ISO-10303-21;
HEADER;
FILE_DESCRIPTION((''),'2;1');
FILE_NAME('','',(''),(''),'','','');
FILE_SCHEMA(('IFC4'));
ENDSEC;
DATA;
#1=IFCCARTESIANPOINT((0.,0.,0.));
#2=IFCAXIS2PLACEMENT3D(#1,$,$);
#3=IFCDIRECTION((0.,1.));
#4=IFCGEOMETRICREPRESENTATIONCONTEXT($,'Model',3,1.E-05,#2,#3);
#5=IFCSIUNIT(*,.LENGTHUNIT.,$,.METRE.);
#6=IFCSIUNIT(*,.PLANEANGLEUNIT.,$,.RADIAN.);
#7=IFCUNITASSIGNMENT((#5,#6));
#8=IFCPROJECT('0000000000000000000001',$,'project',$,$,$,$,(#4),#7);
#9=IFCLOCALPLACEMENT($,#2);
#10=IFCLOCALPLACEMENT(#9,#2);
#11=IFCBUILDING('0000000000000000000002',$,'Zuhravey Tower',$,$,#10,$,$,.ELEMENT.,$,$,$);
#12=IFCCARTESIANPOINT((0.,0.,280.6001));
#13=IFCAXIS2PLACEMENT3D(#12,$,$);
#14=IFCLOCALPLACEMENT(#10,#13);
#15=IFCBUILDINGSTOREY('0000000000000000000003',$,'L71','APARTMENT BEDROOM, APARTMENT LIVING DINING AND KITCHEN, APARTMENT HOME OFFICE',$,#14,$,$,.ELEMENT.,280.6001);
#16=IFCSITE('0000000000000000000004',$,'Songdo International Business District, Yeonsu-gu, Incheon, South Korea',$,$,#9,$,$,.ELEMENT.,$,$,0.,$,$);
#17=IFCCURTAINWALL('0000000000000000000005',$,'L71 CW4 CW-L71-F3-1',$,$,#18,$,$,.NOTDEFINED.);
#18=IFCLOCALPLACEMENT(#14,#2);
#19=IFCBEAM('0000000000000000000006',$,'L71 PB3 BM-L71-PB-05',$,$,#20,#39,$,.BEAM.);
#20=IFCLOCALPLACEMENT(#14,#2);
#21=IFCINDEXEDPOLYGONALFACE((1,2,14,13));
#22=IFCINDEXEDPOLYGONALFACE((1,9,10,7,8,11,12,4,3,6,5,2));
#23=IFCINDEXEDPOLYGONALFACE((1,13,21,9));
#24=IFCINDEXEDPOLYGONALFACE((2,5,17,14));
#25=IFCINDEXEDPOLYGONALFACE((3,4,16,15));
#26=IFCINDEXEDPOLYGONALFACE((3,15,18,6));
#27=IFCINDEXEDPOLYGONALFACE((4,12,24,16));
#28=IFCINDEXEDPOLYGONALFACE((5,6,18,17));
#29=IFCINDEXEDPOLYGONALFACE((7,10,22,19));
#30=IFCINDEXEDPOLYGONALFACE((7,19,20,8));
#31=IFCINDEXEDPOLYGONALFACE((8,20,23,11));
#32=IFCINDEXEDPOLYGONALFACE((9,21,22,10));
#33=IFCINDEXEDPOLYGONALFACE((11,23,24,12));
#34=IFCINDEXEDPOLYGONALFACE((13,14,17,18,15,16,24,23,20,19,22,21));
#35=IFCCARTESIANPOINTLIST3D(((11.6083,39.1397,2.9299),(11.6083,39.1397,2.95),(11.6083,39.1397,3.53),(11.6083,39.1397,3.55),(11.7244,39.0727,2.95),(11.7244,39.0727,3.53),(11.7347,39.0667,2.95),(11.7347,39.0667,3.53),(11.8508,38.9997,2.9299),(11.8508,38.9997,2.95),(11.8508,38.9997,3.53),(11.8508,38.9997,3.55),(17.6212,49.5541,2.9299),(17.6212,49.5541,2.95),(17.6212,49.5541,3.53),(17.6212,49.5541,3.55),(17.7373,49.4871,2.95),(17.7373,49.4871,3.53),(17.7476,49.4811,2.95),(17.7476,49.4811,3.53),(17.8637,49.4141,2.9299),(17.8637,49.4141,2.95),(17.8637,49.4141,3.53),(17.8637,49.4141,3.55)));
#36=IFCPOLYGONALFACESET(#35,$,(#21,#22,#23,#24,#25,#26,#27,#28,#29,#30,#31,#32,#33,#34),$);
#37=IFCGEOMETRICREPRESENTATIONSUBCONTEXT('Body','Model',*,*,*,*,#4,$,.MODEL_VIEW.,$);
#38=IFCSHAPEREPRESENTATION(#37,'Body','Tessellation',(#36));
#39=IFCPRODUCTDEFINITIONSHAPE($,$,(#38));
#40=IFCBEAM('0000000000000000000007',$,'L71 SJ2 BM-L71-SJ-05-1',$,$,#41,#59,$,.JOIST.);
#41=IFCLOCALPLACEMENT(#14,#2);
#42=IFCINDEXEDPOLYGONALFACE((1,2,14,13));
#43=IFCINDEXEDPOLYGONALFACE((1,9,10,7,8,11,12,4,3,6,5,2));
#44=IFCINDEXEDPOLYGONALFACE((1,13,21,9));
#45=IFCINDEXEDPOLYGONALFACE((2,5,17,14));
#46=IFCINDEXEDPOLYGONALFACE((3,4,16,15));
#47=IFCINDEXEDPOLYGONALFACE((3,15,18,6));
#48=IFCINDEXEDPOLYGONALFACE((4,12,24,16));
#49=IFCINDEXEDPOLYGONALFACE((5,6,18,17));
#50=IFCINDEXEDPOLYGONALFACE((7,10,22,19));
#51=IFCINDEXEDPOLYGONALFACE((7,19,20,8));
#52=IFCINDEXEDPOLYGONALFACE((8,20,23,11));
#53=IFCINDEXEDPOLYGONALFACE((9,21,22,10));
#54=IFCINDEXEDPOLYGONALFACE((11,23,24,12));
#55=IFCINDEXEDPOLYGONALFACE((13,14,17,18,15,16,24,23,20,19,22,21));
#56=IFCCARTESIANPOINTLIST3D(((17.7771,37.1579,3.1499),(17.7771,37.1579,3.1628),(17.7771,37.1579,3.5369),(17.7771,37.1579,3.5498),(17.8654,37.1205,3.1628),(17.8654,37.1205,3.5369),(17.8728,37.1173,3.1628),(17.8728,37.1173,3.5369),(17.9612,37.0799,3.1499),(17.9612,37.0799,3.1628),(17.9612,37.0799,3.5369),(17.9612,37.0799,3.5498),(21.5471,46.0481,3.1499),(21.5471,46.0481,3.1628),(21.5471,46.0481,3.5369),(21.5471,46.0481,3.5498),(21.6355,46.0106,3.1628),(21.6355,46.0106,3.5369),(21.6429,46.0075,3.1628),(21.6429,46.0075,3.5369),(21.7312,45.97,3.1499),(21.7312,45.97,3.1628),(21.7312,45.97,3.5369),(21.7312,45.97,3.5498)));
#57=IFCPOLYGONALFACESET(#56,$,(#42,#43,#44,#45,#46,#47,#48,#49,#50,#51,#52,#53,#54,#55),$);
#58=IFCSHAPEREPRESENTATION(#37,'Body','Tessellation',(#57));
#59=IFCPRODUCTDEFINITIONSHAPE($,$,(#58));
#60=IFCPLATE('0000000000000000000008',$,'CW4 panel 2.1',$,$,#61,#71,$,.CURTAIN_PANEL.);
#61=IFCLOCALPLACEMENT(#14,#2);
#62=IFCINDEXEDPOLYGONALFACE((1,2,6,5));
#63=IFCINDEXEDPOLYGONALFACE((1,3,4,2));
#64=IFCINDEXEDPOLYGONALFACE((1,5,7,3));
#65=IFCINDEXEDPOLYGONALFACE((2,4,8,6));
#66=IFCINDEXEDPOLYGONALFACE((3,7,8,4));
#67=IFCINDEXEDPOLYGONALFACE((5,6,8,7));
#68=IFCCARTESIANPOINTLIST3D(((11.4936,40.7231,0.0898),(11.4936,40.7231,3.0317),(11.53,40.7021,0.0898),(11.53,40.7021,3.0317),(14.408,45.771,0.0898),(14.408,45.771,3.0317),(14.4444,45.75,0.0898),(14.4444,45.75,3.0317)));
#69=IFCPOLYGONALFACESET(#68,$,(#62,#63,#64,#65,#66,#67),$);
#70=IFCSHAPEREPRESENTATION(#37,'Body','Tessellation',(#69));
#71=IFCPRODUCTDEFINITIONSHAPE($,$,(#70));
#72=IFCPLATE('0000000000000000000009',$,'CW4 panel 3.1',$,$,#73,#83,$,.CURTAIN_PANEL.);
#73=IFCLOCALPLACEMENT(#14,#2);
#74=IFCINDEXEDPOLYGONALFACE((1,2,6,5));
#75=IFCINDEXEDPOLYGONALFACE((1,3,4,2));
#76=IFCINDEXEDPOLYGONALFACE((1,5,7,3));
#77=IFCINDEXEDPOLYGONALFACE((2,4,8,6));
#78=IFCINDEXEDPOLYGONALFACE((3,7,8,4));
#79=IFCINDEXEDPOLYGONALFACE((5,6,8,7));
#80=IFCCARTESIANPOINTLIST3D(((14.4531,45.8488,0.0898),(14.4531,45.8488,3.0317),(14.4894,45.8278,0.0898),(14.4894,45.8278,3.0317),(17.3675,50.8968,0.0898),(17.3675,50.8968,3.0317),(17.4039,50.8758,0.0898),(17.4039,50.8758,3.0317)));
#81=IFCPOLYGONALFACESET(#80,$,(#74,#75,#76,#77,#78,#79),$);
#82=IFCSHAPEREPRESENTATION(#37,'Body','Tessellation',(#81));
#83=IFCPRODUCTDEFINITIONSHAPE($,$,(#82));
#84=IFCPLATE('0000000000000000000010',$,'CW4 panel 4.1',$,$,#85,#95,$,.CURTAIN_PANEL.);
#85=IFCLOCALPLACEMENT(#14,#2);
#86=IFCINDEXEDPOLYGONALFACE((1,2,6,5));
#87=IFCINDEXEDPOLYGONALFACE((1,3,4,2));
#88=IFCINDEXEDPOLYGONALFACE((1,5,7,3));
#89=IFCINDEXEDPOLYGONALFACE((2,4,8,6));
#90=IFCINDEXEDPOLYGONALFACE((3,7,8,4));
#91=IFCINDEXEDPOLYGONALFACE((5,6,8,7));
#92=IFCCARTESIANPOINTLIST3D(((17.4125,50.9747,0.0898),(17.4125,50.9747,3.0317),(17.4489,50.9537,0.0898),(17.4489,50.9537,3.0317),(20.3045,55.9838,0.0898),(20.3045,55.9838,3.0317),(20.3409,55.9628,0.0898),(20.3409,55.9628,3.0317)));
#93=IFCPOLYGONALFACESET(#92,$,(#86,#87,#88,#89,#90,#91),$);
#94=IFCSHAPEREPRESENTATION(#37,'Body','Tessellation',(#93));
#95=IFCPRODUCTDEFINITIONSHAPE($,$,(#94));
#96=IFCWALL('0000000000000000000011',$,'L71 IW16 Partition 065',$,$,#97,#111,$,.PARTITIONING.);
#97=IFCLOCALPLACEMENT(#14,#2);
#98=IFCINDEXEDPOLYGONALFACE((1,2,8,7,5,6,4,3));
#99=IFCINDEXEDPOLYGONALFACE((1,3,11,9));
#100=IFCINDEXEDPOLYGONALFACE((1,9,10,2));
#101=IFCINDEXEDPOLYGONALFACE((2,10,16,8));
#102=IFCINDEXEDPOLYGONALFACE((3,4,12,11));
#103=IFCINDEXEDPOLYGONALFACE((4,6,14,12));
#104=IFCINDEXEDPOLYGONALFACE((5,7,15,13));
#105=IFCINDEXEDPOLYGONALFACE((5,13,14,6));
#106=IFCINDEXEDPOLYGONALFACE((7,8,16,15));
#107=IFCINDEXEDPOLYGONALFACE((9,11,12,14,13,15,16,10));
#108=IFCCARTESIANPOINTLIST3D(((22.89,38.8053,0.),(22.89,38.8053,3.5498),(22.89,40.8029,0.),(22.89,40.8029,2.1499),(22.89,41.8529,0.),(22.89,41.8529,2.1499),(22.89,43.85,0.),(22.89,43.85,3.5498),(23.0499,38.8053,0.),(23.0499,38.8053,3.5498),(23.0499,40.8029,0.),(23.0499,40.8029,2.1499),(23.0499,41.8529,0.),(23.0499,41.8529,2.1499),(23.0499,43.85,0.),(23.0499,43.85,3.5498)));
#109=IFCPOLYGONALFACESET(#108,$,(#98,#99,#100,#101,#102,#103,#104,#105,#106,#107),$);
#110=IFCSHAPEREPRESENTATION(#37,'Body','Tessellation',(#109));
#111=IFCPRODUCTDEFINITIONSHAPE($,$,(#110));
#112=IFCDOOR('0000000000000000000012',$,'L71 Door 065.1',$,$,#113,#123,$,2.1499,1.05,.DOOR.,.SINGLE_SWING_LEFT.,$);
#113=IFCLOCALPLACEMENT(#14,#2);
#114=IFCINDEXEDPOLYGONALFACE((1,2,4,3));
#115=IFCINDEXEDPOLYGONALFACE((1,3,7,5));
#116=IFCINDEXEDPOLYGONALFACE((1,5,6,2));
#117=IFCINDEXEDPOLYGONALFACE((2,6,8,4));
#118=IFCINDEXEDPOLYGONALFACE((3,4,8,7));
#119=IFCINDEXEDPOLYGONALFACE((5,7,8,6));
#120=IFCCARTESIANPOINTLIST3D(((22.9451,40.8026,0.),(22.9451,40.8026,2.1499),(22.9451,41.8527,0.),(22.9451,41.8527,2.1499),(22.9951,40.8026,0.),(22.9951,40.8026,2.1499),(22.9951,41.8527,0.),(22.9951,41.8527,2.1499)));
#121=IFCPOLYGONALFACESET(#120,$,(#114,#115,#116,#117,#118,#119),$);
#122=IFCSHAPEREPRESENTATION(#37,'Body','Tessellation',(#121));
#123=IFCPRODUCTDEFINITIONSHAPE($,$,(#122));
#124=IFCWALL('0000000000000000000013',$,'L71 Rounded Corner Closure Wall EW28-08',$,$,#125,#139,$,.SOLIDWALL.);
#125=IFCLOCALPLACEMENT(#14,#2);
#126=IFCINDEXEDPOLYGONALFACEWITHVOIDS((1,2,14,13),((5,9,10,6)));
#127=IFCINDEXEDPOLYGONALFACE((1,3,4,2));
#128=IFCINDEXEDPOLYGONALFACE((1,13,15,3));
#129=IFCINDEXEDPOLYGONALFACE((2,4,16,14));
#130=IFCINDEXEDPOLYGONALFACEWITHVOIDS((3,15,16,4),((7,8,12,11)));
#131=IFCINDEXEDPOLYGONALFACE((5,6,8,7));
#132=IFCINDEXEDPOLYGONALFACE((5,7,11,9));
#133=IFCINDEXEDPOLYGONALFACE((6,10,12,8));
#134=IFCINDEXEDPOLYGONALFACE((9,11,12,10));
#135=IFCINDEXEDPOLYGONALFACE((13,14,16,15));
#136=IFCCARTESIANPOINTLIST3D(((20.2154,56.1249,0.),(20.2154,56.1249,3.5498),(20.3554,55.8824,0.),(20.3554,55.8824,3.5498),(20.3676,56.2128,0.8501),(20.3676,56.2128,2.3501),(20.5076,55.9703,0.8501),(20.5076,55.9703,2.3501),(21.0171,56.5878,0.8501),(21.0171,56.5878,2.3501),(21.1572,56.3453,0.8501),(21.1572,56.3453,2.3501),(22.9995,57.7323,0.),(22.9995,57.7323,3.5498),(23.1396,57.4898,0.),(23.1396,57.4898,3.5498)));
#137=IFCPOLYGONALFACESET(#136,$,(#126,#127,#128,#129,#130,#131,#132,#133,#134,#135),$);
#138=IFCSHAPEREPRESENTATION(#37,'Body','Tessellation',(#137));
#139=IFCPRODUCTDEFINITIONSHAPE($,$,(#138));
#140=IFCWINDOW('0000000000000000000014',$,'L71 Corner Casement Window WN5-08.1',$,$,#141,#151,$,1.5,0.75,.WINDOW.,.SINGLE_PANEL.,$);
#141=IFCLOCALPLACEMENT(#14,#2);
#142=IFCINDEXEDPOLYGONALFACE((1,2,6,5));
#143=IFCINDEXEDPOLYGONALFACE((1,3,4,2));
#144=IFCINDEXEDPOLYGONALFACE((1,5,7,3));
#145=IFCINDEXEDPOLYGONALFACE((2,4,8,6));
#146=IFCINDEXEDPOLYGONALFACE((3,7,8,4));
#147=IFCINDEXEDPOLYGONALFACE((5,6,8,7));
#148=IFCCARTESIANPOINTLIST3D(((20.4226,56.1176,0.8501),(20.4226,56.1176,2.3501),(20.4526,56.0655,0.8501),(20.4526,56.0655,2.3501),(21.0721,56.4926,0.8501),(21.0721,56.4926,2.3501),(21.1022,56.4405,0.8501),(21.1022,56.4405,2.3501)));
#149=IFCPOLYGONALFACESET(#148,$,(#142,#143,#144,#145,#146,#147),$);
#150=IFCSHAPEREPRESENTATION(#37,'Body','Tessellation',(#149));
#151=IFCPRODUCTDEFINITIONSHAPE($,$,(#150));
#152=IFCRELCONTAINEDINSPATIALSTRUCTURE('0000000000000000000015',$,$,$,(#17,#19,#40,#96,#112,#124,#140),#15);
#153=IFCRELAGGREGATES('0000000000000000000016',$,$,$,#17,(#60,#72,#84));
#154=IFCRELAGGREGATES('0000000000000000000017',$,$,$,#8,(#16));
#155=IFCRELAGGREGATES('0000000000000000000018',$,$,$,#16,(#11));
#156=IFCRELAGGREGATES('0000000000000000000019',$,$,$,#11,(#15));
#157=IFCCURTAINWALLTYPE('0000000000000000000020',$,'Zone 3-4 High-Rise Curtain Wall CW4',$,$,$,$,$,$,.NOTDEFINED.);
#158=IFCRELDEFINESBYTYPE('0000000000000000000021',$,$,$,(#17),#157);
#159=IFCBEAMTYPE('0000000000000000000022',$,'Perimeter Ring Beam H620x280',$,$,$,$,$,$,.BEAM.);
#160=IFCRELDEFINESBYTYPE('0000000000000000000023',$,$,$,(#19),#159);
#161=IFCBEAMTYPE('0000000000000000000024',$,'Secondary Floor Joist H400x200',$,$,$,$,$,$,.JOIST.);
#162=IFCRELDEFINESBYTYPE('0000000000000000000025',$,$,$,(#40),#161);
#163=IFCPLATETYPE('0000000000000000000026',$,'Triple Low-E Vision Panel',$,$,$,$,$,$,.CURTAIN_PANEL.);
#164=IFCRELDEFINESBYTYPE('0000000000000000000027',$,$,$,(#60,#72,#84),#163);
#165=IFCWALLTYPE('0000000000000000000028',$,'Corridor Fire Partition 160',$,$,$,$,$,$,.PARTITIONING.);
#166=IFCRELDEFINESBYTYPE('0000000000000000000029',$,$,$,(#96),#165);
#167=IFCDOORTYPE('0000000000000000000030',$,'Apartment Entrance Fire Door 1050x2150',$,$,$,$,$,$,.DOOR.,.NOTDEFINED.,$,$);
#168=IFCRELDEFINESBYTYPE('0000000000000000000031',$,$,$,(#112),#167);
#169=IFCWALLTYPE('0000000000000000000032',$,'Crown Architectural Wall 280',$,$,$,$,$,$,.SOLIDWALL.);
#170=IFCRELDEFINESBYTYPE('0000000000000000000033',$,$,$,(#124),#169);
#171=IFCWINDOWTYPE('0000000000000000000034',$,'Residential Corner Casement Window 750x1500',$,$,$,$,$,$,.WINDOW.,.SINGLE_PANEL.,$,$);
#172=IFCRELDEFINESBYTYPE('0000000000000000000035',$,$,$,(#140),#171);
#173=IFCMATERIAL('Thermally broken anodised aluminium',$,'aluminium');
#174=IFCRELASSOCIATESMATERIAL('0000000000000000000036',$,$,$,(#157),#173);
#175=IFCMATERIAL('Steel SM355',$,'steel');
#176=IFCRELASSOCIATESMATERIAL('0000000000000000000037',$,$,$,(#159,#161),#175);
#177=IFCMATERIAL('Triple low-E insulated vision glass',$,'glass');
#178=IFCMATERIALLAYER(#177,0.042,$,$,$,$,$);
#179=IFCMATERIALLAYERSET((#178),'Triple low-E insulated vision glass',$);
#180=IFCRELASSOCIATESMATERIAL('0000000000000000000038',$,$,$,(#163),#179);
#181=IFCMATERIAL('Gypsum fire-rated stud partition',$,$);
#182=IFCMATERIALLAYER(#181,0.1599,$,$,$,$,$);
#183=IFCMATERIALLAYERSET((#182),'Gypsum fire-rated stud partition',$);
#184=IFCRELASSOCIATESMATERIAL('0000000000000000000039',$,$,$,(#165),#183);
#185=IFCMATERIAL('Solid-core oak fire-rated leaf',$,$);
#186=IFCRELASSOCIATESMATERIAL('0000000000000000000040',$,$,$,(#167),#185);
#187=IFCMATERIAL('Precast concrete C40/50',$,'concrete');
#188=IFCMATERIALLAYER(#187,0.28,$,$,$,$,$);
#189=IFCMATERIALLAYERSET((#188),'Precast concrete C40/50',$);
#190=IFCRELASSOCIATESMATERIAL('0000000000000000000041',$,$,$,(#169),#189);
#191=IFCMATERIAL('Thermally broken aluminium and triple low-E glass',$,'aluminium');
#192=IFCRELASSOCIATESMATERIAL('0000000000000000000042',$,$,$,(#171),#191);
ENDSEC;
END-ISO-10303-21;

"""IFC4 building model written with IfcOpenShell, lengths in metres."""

from ifc_helpers import new_model, si_unit, direction, frame, frame_2d, origin, origin_2d, place, context, subcontext, project, spatial, rectangle, i_section, extrude, material, layer, layer_set, material_profile, profile_set, type_object, element, fill, aggregate, save


model = new_model("IFC4")

# Units and contexts
model_context = context("Model", 3, precision=1e-05, world=origin(), true_north=direction((0.0, 1.0)))
body_context = subcontext(model_context, "Body", "Model", "MODEL_VIEW")
ifc_project = project(units=[si_unit("LENGTHUNIT", "METRE"), si_unit("PLANEANGLEUNIT", "RADIAN")], contexts=[model_context])

# Site, building, storey
site_placement = place(None, origin())
site = spatial("IfcSite", under=ifc_project, at=site_placement, Name="Songdo International Business District, Yeonsu-gu, Incheon, South Korea", CompositionType="ELEMENT", RefElevation=0.0)
building_placement = place(site_placement, origin())
building = spatial("IfcBuilding", under=site, at=building_placement, Name="Zuhravey Tower", CompositionType="ELEMENT")
storey_placement = place(building_placement, frame((0.0, 0.0, 280.6001)))
storey = spatial("IfcBuildingStorey", under=building, at=storey_placement, Name="L71", Description="APARTMENT BEDROOM, APARTMENT LIVING DINING AND KITCHEN, APARTMENT HOME OFFICE", CompositionType="ELEMENT", Elevation=280.6001)

# Curtain wall
ifc_material_1 = material(Name="Thermally broken anodised aluminium", Category="aluminium")
curtain_wall_type = type_object("IfcCurtainWallType", Name="Zone 3-4 High-Rise Curtain Wall CW4", PredefinedType="NOTDEFINED", material=ifc_material_1)
curtain_wall_placement = place(storey_placement, origin())
curtain_wall = element("IfcCurtainWall", 1, at=curtain_wall_placement, inside=storey, type_object=curtain_wall_type, Name="L71 CW4 CW-L71-F3-1", PredefinedType="NOTDEFINED")

# Beams
ifc_material_2 = material(Name="Steel SM355", Category="steel")
ifc_material_profile_1 = material_profile(ifc_material_2, i_section(OverallWidth=0.28, OverallDepth=0.6201, WebThickness=0.012, FlangeThickness=0.02, at=origin_2d()), Name="H-620x280x12x20")
ifc_profile_set_1 = profile_set([ifc_material_profile_1], Name="Steel SM355")
beam_type_1 = type_object("IfcBeamType", Name="Perimeter Ring Beam H620x280", PredefinedType="BEAM", material=ifc_profile_set_1)
beam_1_placement = place(storey_placement, frame((17.7424, 49.4841, 3.24), z_axis=(-0.500006, -0.866022, 0.0), x_axis=(0.866022, -0.500006, 0.0)))
element("IfcBeam", 2, at=beam_1_placement, inside=storey, type_object=beam_type_1, Name="L71 PB3 BM-L71-PB-05", PredefinedType="BEAM", context=body_context, shape_type="SweptSolid", body=[
    extrude(i_section(OverallWidth=0.28, OverallDepth=0.6201, WebThickness=0.012, FlangeThickness=0.02, at=origin_2d()), origin(), (0.0, 0.0, 1.0), 12.0256),
])
ifc_material_profile_2 = material_profile(ifc_material_2, i_section(OverallWidth=0.2, OverallDepth=0.3999, WebThickness=0.0081, FlangeThickness=0.0129, at=origin_2d()), Name="H-400x200x8x13")
ifc_profile_set_2 = profile_set([ifc_material_profile_2], Name="Steel SM355")
beam_type_2 = type_object("IfcBeamType", Name="Secondary Floor Joist H400x200", PredefinedType="JOIST", material=ifc_profile_set_2)
beam_2_placement = place(storey_placement, frame((21.6392, 46.009, 3.3499), z_axis=(-0.390413, -0.92064, 0.0), x_axis=(0.92064, -0.390413, 0.0)))
element("IfcBeam", 3, at=beam_2_placement, inside=storey, type_object=beam_type_2, Name="L71 SJ2 BM-L71-SJ-05-1", PredefinedType="JOIST", context=body_context, shape_type="SweptSolid", body=[
    extrude(i_section(OverallWidth=0.2, OverallDepth=0.3999, WebThickness=0.0081, FlangeThickness=0.0129, at=origin_2d()), origin(), (0.0, 0.0, 1.0), 9.6565),
])

# Plates
ifc_material_3 = material(Name="Triple low-E insulated vision glass", Category="glass")
ifc_layer_1 = layer(ifc_material_3, 0.042)
ifc_layer_set_1 = layer_set([ifc_layer_1], Name="Triple low-E insulated vision glass")
plate_type = type_object("IfcPlateType", Name="Triple Low-E Vision Panel", PredefinedType="CURTAIN_PANEL", material=ifc_layer_set_1)
plate_1_placement = place(storey_placement, frame((12.969, 43.2366, 0.0898), z_axis=(0.0, 0.0, 1.0), x_axis=(0.500002, 0.866024, 0.0)))
plate_1 = element("IfcPlate", 4, at=plate_1_placement, type_object=plate_type, Name="CW4 panel 2.1", PredefinedType="CURTAIN_PANEL", context=body_context, shape_type="SweptSolid", body=[
    extrude(rectangle(XDim=5.8289, YDim=0.042, at=origin_2d()), origin(), (0.0, 0.0, 1.0), 2.9419),
])
plate_2_placement = place(storey_placement, frame((15.9285, 48.3623, 0.0898), z_axis=(0.0, 0.0, 1.0), x_axis=(0.500002, 0.866024, 0.0)))
plate_2 = element("IfcPlate", 5, at=plate_2_placement, type_object=plate_type, Name="CW4 panel 3.1", PredefinedType="CURTAIN_PANEL", context=body_context, shape_type="SweptSolid", body=[
    extrude(rectangle(XDim=5.8289, YDim=0.042, at=origin_2d()), origin(), (0.0, 0.0, 1.0), 2.9419),
])
plate_3_placement = place(storey_placement, frame((18.8767, 53.4688, 0.0898), z_axis=(0.0, 0.0, 1.0), x_axis=(0.500002, 0.866024, 0.0)))
plate_3 = element("IfcPlate", 6, at=plate_3_placement, type_object=plate_type, Name="CW4 panel 4.1", PredefinedType="CURTAIN_PANEL", context=body_context, shape_type="SweptSolid", body=[
    extrude(rectangle(XDim=5.7839, YDim=0.042, at=origin_2d()), origin(), (0.0, 0.0, 1.0), 2.9419),
])
aggregate(curtain_wall, [plate_1, plate_2, plate_3])

# Wall, opening, door
ifc_material_4 = material(Name="Gypsum fire-rated stud partition")
ifc_layer_2 = layer(ifc_material_4, 0.1599)
ifc_layer_set_2 = layer_set([ifc_layer_2], Name="Gypsum fire-rated stud partition")
wall_type_1 = type_object("IfcWallType", Name="Corridor Fire Partition 160", PredefinedType="PARTITIONING", material=ifc_layer_set_2)
wall_1_placement = place(storey_placement, frame((22.97, 43.8501, 0.0), z_axis=(0.0, 0.0, 1.0), x_axis=(0.0, -1.0, 0.0)))
wall_1 = element("IfcWall", 7, at=wall_1_placement, inside=storey, type_object=wall_type_1, Name="L71 IW16 Partition 065", PredefinedType="PARTITIONING", context=body_context, shape_type="SweptSolid", body=[
    extrude(rectangle(XDim=5.0447, YDim=0.1599, at=frame_2d((2.5225, 0.0))), origin(), (0.0, 0.0, 1.0), 3.5498),
])
opening_1_placement = place(wall_1_placement, frame((1.9973, 0.0, 0.0)))
opening_1 = element("IfcOpeningElement", 8, at=opening_1_placement, cuts=wall_1, PredefinedType="OPENING", context=body_context, shape_type="SweptSolid", body=[
    extrude(rectangle(XDim=1.05, YDim=2.1499, at=frame_2d((0.5249, 1.075))), frame((0.0, 0.092, 0.0), z_axis=(0.0, -1.0, 0.0), x_axis=(1.0, 0.0, 0.0)), (0.0, 0.0, 1.0), 0.1838),
])
ifc_material_5 = material(Name="Solid-core oak fire-rated leaf")
door_type_1 = type_object("IfcDoorType", Name="Apartment Entrance Fire Door 1050x2150", OperationType="NOTDEFINED", PredefinedType="DOOR", material=ifc_material_5)
door_1_placement = place(opening_1_placement, frame((1.05, 0.0, 0.0), z_axis=(0.0, 0.0, 1.0), x_axis=(-1.0, 0.0, 0.0)))
door_1 = element("IfcDoor", 9, at=door_1_placement, inside=storey, type_object=door_type_1, Name="L71 Door 065.1", OperationType="SINGLE_SWING_LEFT", OverallHeight=2.1499, OverallWidth=1.05, PredefinedType="DOOR", context=body_context, shape_type="SweptSolid", body=[
    extrude(rectangle(XDim=1.05, YDim=2.1499, at=frame_2d((0.5249, 1.075))), frame((0.0, 0.0249, 0.0), z_axis=(0.0, -1.0, 0.0), x_axis=(1.0, 0.0, 0.0)), (0.0, 0.0, 1.0), 0.05),
])
fill(opening_1, door_1)

# Wall, opening, window
ifc_material_6 = material(Name="Precast concrete C40/50", Category="concrete")
ifc_layer_3 = layer(ifc_material_6, 0.28)
ifc_layer_set_3 = layer_set([ifc_layer_3], Name="Precast concrete C40/50")
wall_type_2 = type_object("IfcWallType", Name="Crown Architectural Wall 280", PredefinedType="SOLIDWALL", material=ifc_layer_set_3)
wall_2_placement = place(storey_placement, frame((20.2854, 56.0037, 0.0), z_axis=(0.0, 0.0, 1.0), x_axis=(0.866029, 0.499994, 0.0)))
wall_2 = element("IfcWall", 10, at=wall_2_placement, inside=storey, type_object=wall_type_2, Name="L71 Rounded Corner Closure Wall EW28-08", PredefinedType="SOLIDWALL", context=body_context, shape_type="SweptSolid", body=[
    extrude(rectangle(XDim=3.2148, YDim=0.28, at=frame_2d((1.6074, 0.0))), origin(), (0.0, 0.0, 1.0), 3.5498),
])
opening_2_placement = place(wall_2_placement, frame((0.1758, 0.0, 0.8501)))
opening_2 = element("IfcOpeningElement", 11, at=opening_2_placement, cuts=wall_2, PredefinedType="OPENING", context=body_context, shape_type="SweptSolid", body=[
    extrude(rectangle(XDim=0.75, YDim=1.5, at=frame_2d((0.375, 0.75))), frame((0.0, 0.1521, 0.0), z_axis=(0.0, -1.0, 0.0), x_axis=(1.0, 0.0, 0.0)), (0.0, 0.0, 1.0), 0.304),
])
ifc_material_7 = material(Name="Thermally broken aluminium and triple low-E glass", Category="aluminium")
window_type = type_object("IfcWindowType", Name="Residential Corner Casement Window 750x1500", PartitioningType="SINGLE_PANEL", PredefinedType="WINDOW", material=ifc_material_7)
window_placement = place(opening_2_placement, origin())
window = element("IfcWindow", 12, at=window_placement, inside=storey, type_object=window_type, Name="L71 Corner Casement Window WN5-08.1", OverallHeight=1.5, OverallWidth=0.75, PartitioningType="SINGLE_PANEL", PredefinedType="WINDOW", context=body_context, shape_type="SweptSolid", body=[
    extrude(rectangle(XDim=0.75, YDim=1.5, at=frame_2d((0.375, 0.75))), frame((0.0, 0.03, 0.0), z_axis=(0.0, -1.0, 0.0), x_axis=(1.0, 0.0, 0.0)), (0.0, 0.0, 1.0), 0.0601),
])
fill(opening_2, window)

save(model, "model.ifc")
